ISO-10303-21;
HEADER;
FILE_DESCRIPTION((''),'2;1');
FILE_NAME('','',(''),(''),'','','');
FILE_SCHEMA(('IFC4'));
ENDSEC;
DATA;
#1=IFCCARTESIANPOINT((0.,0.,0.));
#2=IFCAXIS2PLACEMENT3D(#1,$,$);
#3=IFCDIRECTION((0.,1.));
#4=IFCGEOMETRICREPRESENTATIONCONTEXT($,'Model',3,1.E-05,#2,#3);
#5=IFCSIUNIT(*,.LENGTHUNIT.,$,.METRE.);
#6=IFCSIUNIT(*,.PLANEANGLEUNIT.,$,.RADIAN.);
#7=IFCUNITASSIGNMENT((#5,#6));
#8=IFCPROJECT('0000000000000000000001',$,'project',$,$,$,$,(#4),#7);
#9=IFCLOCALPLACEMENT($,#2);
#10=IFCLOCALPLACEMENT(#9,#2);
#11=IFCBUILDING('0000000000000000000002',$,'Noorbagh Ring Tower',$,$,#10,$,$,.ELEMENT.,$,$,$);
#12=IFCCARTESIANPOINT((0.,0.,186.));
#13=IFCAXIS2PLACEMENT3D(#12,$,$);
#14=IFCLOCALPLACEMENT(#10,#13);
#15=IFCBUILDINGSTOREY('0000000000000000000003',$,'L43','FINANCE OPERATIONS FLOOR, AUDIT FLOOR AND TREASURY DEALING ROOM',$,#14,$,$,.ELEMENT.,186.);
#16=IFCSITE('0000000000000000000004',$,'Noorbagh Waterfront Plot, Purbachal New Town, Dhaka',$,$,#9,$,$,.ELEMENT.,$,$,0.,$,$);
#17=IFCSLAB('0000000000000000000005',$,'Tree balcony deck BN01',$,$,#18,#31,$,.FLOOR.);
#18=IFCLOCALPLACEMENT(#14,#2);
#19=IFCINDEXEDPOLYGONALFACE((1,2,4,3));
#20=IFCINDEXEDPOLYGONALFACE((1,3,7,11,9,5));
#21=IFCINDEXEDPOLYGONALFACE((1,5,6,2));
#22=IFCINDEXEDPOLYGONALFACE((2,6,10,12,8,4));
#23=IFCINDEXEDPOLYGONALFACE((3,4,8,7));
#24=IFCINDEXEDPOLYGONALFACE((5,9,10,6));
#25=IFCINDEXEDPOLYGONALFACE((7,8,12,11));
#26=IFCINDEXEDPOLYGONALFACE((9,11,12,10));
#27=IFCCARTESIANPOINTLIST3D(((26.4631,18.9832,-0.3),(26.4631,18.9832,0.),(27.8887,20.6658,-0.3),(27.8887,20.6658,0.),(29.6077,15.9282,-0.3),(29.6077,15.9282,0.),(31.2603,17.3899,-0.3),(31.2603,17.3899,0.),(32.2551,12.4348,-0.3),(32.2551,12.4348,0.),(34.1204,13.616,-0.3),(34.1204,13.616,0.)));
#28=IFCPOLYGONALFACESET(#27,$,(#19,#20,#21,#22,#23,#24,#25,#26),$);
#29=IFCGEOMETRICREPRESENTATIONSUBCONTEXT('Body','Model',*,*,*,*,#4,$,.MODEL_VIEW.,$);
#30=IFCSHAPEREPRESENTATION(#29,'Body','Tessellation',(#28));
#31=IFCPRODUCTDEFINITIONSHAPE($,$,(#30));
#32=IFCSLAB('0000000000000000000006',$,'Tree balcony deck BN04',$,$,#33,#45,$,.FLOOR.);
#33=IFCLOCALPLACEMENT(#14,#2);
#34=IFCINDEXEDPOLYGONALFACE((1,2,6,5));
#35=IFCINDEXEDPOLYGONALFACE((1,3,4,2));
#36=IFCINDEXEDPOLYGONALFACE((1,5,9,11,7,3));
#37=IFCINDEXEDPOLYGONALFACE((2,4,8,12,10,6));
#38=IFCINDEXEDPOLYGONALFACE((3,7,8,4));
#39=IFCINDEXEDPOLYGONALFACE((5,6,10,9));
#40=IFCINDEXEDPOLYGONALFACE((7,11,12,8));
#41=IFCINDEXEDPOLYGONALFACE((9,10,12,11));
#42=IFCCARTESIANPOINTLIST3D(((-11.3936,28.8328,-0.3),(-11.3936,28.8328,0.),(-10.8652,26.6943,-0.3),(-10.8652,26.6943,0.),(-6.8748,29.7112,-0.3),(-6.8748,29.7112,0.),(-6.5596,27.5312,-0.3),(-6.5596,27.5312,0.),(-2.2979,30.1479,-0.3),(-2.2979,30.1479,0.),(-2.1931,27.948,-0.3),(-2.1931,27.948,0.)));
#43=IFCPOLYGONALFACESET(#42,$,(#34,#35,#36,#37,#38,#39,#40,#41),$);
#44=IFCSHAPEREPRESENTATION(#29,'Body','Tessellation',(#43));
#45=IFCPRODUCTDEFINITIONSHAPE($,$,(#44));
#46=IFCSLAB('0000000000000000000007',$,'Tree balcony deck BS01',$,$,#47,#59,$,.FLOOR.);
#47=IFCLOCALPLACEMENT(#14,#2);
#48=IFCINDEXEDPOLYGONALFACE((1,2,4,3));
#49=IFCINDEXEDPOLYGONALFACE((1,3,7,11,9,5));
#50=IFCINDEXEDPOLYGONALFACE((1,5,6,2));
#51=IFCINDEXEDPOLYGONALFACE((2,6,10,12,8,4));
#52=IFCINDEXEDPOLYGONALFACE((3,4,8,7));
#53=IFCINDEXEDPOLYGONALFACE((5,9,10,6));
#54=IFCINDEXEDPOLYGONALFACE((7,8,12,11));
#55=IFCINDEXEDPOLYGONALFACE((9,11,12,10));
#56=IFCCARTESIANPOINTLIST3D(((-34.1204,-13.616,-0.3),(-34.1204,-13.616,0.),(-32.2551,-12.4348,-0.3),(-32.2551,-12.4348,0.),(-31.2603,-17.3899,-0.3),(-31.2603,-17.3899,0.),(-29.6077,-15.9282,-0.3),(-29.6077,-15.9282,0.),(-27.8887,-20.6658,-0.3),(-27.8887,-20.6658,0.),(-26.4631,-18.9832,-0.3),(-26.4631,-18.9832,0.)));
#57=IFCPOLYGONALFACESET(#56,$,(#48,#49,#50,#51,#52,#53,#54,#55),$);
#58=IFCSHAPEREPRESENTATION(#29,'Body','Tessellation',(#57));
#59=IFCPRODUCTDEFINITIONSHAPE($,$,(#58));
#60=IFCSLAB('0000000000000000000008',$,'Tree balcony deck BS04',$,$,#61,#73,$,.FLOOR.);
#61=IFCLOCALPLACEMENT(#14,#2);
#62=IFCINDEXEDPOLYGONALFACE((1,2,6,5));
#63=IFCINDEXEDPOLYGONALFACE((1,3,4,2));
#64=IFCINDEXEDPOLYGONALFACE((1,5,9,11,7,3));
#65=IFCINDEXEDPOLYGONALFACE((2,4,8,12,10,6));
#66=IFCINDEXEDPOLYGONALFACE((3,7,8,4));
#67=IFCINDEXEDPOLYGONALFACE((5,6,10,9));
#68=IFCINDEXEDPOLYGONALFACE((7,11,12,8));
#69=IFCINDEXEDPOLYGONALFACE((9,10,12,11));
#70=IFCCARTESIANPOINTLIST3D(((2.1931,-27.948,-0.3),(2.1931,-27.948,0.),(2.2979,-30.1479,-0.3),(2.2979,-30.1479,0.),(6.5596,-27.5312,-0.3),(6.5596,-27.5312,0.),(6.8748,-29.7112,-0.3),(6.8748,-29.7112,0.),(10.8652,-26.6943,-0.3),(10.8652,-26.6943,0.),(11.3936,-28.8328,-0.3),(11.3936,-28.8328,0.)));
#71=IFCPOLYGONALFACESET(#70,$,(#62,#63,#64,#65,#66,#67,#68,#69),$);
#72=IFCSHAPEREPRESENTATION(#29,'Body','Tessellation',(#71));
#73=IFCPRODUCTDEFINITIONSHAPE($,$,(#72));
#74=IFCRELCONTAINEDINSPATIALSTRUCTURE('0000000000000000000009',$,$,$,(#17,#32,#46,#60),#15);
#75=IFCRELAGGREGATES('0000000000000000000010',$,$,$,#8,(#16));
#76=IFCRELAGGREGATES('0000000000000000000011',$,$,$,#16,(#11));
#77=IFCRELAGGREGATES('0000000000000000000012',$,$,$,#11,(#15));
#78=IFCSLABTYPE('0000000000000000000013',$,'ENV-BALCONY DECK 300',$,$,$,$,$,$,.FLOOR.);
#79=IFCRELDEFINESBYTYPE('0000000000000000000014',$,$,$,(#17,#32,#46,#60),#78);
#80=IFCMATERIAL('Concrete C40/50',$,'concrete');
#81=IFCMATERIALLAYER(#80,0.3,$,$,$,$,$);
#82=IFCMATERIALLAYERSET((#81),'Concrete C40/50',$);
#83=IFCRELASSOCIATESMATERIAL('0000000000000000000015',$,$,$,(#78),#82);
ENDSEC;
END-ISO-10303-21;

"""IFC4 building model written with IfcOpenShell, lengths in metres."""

from ifc_helpers import new_model, si_unit, direction, frame, origin, place, context, subcontext, project, spatial, polyline, outline, extrude, material, layer, layer_set, type_object, element, save


model = new_model("IFC4")

# Units and contexts
model_context = context("Model", 3, precision=1e-05, world=origin(), true_north=direction((0.0, 1.0)))
body_context = subcontext(model_context, "Body", "Model", "MODEL_VIEW")
ifc_project = project(units=[si_unit("LENGTHUNIT", "METRE"), si_unit("PLANEANGLEUNIT", "RADIAN")], contexts=[model_context])

# Site, building, storey
site_placement = place(None, origin())
site = spatial("IfcSite", under=ifc_project, at=site_placement, Name="Noorbagh Waterfront Plot, Purbachal New Town, Dhaka", CompositionType="ELEMENT", RefElevation=0.0)
building_placement = place(site_placement, origin())
building = spatial("IfcBuilding", under=site, at=building_placement, Name="Noorbagh Ring Tower", CompositionType="ELEMENT")
storey_placement = place(building_placement, frame((0.0, 0.0, 186.0)))
storey = spatial("IfcBuildingStorey", under=building, at=storey_placement, Name="L43", Description="FINANCE OPERATIONS FLOOR, AUDIT FLOOR AND TREASURY DEALING ROOM", CompositionType="ELEMENT", Elevation=186.0)

# Slabs
ifc_material = material(Name="Concrete C40/50", Category="concrete")
ifc_layer = layer(ifc_material, 0.3)
ifc_layer_set = layer_set([ifc_layer], Name="Concrete C40/50")
slab_type = type_object("IfcSlabType", Name="ENV-BALCONY DECK 300", PredefinedType="FLOOR", material=ifc_layer_set)
slab_1_placement = place(storey_placement, frame((0.0, 0.0, -0.3)))
element("IfcSlab", 1, at=slab_1_placement, inside=storey, type_object=slab_type, Name="Tree balcony deck BN01", PredefinedType="FLOOR", context=body_context, shape_type="SweptSolid", body=[
    extrude(outline(polyline([(34.1204, 13.616), (31.2603, 17.3899), (27.8887, 20.6658), (26.4631, 18.9832), (29.6077, 15.9282), (32.2551, 12.4348), (34.1204, 13.616)])), origin(), (0.0, 0.0, 1.0), 0.3),
])
slab_2_placement = place(storey_placement, frame((0.0, 0.0, -0.3)))
element("IfcSlab", 2, at=slab_2_placement, inside=storey, type_object=slab_type, Name="Tree balcony deck BN04", PredefinedType="FLOOR", context=body_context, shape_type="SweptSolid", body=[
    extrude(outline(polyline([(-2.2979, 30.1479), (-6.8748, 29.7112), (-11.3936, 28.8328), (-10.8652, 26.6943), (-6.5596, 27.5312), (-2.1931, 27.948), (-2.2979, 30.1479)])), origin(), (0.0, 0.0, 1.0), 0.3),
])
slab_3_placement = place(storey_placement, frame((0.0, 0.0, -0.3)))
element("IfcSlab", 3, at=slab_3_placement, inside=storey, type_object=slab_type, Name="Tree balcony deck BS01", PredefinedType="FLOOR", context=body_context, shape_type="SweptSolid", body=[
    extrude(outline(polyline([(-34.1204, -13.616), (-31.2603, -17.3899), (-27.8887, -20.6658), (-26.4631, -18.9832), (-29.6077, -15.9282), (-32.2551, -12.4348), (-34.1204, -13.616)])), origin(), (0.0, 0.0, 1.0), 0.3),
])
slab_4_placement = place(storey_placement, frame((0.0, 0.0, -0.3)))
element("IfcSlab", 4, at=slab_4_placement, inside=storey, type_object=slab_type, Name="Tree balcony deck BS04", PredefinedType="FLOOR", context=body_context, shape_type="SweptSolid", body=[
    extrude(outline(polyline([(2.2979, -30.1479), (6.8748, -29.7112), (11.3936, -28.8328), (10.8652, -26.6943), (6.5596, -27.5312), (2.1931, -27.948), (2.2979, -30.1479)])), origin(), (0.0, 0.0, 1.0), 0.3),
])

save(model, "model.ifc")
